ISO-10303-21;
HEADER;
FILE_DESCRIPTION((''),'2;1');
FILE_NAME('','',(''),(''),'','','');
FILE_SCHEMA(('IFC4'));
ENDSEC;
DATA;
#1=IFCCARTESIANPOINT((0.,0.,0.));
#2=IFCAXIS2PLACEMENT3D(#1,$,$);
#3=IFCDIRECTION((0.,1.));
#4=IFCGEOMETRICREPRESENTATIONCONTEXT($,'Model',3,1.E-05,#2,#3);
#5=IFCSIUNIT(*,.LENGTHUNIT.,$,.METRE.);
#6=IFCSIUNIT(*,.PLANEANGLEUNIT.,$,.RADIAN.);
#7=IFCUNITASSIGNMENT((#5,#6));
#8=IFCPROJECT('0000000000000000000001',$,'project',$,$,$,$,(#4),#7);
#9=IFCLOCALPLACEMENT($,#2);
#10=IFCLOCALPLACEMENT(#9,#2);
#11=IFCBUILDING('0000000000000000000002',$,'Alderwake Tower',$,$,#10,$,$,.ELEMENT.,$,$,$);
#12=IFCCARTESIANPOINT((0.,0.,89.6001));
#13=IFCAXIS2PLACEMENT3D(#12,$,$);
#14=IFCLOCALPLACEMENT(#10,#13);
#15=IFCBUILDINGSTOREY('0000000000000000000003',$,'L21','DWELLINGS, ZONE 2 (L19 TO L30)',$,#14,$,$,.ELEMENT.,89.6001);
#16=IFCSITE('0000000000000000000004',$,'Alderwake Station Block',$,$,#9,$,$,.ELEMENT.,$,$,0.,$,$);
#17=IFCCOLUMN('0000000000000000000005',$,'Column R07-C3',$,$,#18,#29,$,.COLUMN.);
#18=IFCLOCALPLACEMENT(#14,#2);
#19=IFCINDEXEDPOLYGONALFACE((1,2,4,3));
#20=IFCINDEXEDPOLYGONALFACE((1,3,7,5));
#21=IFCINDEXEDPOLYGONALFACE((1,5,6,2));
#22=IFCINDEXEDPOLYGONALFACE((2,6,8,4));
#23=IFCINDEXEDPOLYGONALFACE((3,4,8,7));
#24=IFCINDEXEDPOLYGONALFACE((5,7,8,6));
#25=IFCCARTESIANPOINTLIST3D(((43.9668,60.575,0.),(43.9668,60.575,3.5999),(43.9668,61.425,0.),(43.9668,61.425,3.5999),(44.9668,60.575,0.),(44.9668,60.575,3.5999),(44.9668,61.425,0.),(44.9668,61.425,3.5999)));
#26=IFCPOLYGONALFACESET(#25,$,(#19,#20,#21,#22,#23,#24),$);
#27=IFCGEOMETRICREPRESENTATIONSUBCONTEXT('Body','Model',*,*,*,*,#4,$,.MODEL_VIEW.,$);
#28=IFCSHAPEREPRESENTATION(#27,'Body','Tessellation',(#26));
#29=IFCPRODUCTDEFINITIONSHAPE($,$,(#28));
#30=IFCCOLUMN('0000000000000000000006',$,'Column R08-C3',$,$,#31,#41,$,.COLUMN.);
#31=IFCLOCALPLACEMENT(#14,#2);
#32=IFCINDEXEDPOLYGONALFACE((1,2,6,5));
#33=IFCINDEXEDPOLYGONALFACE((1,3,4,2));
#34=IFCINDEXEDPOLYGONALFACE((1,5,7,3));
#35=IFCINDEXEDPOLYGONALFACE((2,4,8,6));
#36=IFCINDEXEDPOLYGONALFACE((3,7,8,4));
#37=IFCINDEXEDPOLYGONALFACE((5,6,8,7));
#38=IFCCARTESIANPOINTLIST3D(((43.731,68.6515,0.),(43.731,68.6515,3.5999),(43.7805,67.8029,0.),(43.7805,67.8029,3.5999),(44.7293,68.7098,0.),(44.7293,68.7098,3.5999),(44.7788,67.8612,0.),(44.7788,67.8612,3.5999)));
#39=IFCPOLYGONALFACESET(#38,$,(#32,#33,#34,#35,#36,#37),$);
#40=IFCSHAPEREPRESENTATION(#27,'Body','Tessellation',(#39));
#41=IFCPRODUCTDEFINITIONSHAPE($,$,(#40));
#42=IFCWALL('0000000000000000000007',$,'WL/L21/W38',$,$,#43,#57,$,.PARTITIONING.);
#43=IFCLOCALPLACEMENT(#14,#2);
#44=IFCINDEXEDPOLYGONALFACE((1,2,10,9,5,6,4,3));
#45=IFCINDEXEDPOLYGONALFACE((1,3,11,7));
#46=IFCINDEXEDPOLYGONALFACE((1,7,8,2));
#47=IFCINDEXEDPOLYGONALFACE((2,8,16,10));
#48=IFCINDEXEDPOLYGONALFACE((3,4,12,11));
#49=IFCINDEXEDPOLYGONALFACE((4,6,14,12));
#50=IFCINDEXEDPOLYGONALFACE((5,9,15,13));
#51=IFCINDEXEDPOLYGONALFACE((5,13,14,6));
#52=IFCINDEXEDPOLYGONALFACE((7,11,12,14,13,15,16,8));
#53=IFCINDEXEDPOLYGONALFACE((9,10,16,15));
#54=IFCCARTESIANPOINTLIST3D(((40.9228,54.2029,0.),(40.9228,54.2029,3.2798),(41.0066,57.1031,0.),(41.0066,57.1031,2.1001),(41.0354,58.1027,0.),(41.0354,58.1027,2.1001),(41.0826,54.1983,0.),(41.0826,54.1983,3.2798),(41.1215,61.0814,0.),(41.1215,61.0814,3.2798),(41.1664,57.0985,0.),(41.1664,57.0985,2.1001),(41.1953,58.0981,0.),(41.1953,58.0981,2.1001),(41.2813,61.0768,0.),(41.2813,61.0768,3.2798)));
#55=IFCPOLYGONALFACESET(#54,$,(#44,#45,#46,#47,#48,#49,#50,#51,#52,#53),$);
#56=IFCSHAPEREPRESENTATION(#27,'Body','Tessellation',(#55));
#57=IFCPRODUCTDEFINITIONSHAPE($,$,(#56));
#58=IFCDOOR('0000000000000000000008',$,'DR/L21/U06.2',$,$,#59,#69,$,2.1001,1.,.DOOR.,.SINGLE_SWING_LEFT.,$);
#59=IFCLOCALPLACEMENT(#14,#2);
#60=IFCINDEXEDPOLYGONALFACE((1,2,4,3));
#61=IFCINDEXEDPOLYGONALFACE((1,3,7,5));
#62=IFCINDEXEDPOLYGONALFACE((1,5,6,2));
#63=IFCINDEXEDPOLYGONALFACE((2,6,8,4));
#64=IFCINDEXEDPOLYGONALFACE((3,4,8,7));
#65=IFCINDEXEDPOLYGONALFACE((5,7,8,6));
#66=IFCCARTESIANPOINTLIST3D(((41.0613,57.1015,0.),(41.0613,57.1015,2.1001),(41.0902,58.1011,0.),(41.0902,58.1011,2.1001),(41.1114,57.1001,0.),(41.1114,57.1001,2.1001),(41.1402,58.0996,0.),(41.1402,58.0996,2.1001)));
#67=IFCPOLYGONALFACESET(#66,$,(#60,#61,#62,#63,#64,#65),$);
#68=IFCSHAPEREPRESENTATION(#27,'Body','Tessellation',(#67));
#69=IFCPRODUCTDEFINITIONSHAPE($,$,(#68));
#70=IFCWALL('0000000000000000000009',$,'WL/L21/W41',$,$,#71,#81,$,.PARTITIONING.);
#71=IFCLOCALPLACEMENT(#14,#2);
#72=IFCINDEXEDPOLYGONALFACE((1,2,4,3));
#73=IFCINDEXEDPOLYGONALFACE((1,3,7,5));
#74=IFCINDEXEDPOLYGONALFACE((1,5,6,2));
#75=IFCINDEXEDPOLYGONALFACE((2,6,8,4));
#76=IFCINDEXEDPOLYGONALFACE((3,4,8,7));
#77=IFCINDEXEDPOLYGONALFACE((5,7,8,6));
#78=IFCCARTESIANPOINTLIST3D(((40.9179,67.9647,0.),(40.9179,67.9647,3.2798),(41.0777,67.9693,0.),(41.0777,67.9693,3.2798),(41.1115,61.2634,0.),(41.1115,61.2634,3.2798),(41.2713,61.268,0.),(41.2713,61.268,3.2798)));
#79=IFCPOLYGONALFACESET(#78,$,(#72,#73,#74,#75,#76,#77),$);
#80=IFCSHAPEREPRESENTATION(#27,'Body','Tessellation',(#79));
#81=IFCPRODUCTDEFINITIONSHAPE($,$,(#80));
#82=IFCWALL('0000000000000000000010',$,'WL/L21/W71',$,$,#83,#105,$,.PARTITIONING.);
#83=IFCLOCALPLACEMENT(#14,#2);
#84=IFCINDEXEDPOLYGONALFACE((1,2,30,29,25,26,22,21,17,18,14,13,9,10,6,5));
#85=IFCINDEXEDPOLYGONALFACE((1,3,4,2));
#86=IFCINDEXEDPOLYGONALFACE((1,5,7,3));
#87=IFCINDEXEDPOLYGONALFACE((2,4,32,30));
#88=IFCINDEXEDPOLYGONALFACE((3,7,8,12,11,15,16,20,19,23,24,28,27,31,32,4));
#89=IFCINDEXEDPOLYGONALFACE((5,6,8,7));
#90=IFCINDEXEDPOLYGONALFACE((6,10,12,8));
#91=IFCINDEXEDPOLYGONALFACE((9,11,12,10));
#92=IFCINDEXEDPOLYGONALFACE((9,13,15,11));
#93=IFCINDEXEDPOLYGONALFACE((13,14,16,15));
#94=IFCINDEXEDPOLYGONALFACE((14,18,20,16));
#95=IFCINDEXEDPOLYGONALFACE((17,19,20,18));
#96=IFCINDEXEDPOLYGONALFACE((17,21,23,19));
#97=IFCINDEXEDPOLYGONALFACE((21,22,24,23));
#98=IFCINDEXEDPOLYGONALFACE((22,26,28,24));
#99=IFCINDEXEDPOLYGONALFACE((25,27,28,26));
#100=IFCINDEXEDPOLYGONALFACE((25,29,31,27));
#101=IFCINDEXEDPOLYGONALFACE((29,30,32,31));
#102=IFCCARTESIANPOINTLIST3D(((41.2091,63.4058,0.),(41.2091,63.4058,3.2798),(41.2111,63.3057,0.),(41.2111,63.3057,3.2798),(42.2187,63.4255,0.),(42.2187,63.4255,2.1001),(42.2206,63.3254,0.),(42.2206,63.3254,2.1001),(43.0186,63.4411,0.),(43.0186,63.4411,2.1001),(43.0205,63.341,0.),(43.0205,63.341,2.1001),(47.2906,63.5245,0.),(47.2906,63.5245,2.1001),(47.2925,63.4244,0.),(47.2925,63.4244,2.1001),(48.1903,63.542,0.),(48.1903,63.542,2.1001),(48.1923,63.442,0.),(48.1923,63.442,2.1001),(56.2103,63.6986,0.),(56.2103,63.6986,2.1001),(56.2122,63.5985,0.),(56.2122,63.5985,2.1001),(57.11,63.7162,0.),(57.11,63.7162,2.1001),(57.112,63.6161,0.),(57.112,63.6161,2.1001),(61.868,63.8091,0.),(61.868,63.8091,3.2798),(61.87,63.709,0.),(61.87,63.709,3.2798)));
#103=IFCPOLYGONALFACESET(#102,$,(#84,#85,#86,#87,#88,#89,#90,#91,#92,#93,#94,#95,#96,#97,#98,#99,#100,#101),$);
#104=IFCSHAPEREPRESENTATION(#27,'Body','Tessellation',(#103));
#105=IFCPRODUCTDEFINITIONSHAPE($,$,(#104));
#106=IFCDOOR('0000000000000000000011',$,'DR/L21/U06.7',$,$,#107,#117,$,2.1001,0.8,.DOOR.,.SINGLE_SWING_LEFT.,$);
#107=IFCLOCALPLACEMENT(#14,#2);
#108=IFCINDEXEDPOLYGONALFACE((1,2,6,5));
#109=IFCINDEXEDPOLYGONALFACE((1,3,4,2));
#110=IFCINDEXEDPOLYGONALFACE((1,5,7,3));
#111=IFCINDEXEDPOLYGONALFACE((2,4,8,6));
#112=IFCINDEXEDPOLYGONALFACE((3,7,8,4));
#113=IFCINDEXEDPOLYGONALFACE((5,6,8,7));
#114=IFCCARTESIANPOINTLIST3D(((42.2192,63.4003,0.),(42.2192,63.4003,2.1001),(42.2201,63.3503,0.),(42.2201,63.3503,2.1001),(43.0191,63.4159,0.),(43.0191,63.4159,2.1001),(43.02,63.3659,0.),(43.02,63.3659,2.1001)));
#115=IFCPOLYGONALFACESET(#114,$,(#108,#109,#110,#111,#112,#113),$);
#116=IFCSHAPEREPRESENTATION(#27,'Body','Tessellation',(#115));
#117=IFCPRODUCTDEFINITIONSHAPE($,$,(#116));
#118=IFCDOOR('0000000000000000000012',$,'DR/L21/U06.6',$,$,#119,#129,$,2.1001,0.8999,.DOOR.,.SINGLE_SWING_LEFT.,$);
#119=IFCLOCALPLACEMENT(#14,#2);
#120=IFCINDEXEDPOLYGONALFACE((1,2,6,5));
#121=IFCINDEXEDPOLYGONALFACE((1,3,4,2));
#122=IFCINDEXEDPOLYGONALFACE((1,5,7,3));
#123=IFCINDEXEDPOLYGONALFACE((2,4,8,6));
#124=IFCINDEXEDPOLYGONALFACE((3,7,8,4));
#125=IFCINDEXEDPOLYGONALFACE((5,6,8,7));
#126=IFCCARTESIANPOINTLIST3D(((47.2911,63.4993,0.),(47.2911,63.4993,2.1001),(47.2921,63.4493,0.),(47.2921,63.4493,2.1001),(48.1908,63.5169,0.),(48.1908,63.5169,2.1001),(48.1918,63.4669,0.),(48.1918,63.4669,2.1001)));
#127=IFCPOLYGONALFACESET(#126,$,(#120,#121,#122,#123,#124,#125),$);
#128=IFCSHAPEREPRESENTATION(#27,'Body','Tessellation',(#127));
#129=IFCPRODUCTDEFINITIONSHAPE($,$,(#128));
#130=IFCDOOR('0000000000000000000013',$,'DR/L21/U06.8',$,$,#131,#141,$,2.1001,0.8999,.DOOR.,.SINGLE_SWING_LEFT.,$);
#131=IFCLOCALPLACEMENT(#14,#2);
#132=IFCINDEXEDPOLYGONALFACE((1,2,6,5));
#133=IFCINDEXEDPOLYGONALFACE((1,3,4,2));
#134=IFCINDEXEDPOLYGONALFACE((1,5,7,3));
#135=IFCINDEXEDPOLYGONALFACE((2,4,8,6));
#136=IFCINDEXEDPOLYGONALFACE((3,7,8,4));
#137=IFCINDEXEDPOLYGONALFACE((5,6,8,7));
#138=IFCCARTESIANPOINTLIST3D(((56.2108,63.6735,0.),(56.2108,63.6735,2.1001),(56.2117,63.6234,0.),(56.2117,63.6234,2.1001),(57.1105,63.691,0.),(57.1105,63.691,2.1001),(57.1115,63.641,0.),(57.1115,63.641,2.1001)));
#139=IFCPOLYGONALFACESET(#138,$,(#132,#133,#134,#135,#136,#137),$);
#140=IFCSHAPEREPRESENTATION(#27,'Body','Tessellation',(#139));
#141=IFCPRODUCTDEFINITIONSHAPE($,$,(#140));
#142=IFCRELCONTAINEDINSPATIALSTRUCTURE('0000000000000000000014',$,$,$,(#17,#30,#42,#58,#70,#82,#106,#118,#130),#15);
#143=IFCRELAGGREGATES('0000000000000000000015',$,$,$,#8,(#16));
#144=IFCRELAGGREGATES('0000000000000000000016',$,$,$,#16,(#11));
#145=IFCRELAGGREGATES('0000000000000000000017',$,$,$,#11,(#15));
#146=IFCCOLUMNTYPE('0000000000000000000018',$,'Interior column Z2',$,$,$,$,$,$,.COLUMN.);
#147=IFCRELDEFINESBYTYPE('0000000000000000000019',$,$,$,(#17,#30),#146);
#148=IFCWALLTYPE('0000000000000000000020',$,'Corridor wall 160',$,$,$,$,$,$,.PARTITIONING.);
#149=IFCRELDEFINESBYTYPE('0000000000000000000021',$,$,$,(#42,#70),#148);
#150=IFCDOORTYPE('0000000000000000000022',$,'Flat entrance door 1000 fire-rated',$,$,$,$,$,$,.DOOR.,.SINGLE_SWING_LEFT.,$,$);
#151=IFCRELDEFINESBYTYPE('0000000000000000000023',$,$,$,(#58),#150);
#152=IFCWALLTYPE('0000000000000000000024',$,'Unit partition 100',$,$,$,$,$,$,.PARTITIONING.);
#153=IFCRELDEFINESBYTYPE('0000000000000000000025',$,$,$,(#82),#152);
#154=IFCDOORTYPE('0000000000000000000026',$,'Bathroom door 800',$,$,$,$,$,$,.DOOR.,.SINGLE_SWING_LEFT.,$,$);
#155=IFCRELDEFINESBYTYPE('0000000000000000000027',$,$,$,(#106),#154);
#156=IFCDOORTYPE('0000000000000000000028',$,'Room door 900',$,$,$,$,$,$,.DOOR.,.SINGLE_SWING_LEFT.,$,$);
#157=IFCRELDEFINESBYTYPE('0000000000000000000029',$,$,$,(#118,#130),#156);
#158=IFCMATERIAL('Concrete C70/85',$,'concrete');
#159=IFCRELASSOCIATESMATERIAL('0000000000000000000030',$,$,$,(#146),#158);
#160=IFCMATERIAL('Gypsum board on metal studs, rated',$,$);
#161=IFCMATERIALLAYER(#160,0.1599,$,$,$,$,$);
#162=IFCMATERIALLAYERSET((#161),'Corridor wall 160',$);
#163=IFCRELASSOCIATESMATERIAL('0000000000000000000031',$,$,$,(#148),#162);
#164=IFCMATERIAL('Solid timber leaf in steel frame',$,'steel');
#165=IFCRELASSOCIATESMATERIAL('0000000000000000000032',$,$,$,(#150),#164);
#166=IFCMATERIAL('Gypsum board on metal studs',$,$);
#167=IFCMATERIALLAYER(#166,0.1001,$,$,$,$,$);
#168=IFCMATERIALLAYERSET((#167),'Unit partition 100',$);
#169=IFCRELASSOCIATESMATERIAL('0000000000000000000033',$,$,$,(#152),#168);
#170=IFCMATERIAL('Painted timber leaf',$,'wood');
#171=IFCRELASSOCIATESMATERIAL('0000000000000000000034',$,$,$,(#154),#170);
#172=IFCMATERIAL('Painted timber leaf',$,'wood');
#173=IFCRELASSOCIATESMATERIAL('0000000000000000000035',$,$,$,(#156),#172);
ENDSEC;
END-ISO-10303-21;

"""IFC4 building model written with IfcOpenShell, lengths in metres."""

from ifc_helpers import new_model, si_unit, direction, frame, frame_2d, origin, origin_2d, place, context, subcontext, project, spatial, rectangle, extrude, material, layer, layer_set, material_profile, profile_set, type_object, element, fill, save


model = new_model("IFC4")

# Units and contexts
model_context = context("Model", 3, precision=1e-05, world=origin(), true_north=direction((0.0, 1.0)))
body_context = subcontext(model_context, "Body", "Model", "MODEL_VIEW")
ifc_project = project(units=[si_unit("LENGTHUNIT", "METRE"), si_unit("PLANEANGLEUNIT", "RADIAN")], contexts=[model_context])

# Site, building, storey
site_placement = place(None, origin())
site = spatial("IfcSite", under=ifc_project, at=site_placement, Name="Alderwake Station Block", CompositionType="ELEMENT", RefElevation=0.0)
building_placement = place(site_placement, origin())
building = spatial("IfcBuilding", under=site, at=building_placement, Name="Alderwake Tower", CompositionType="ELEMENT")
storey_placement = place(building_placement, frame((0.0, 0.0, 89.6001)))
storey = spatial("IfcBuildingStorey", under=building, at=storey_placement, Name="L21", Description="DWELLINGS, ZONE 2 (L19 TO L30)", CompositionType="ELEMENT", Elevation=89.6001)

# Columns
ifc_material_1 = material(Name="Concrete C70/85", Category="concrete")
ifc_material_profile = material_profile(ifc_material_1, rectangle(XDim=0.8501, YDim=1.0, at=origin_2d()), Name="RC 1000X850")
ifc_profile_set = profile_set([ifc_material_profile], Name="Concrete C70/85")
column_type = type_object("IfcColumnType", Name="Interior column Z2", PredefinedType="COLUMN", material=ifc_profile_set)
for number, where, z_axis, x_axis, name in (
    (1, (44.4668, 61.0, 0.0), (0.0, 0.0, 1.0), (0.0, 1.0, 0.0), "Column R07-C3"),
    (2, (44.2549, 68.2563, 0.0), (0.0, 0.0, 1.0), (-0.058299, 0.998299, 0.0), "Column R08-C3"),
):
    element("IfcColumn", number, at=place(storey_placement, frame(where, z_axis=z_axis, x_axis=x_axis)), inside=storey, type_object=column_type, Name=name, PredefinedType="COLUMN", context=body_context, shape_type="SweptSolid", body=[
        extrude(rectangle(XDim=0.8501, YDim=1.0, at=origin_2d()), origin(), (0.0, 0.0, 1.0), 3.5999),
    ])

# Wall, opening, door
ifc_material_2 = material(Name="Gypsum board on metal studs, rated")
ifc_layer_1 = layer(ifc_material_2, 0.1599)
ifc_layer_set_1 = layer_set([ifc_layer_1], Name="Corridor wall 160")
wall_type_1 = type_object("IfcWallType", Name="Corridor wall 160", PredefinedType="PARTITIONING", material=ifc_layer_set_1)
wall_1_placement = place(storey_placement, frame((41.2014, 61.0791, 0.0), z_axis=(0.0, 0.0, 1.0), x_axis=(-0.02888, -0.999583, 0.0)))
wall_1 = element("IfcWall", 3, at=wall_1_placement, inside=storey, type_object=wall_type_1, Name="WL/L21/W38", PredefinedType="PARTITIONING", context=body_context, shape_type="SweptSolid", body=[
    extrude(rectangle(XDim=6.8813, YDim=0.1599, at=frame_2d((3.4407, 0.0))), origin(), (0.0, 0.0, 1.0), 3.2798),
])
opening_1_placement = place(wall_1_placement, frame((2.98, 0.0, 0.0)))
opening_1 = element("IfcOpeningElement", 4, at=opening_1_placement, cuts=wall_1, PredefinedType="OPENING", context=body_context, shape_type="SweptSolid", body=[
    extrude(rectangle(XDim=1.0, YDim=2.1001, at=frame_2d((0.5, 1.05))), frame((0.0, 0.0898, 0.0), z_axis=(0.0, -1.0, 0.0), x_axis=(1.0, 0.0, 0.0)), (0.0, 0.0, 1.0), 0.1799),
])
ifc_material_3 = material(Name="Solid timber leaf in steel frame", Category="steel")
door_type_1 = type_object("IfcDoorType", Name="Flat entrance door 1000 fire-rated", OperationType="SINGLE_SWING_LEFT", PredefinedType="DOOR", material=ifc_material_3)
door_1_placement = place(opening_1_placement, origin())
door_1 = element("IfcDoor", 5, at=door_1_placement, inside=storey, type_object=door_type_1, Name="DR/L21/U06.2", OperationType="SINGLE_SWING_LEFT", OverallHeight=2.1001, OverallWidth=1.0, PredefinedType="DOOR", context=body_context, shape_type="SweptSolid", body=[
    extrude(rectangle(XDim=1.0, YDim=2.1001, at=frame_2d((0.5, 1.05))), frame((0.0, 0.0249, 0.0), z_axis=(0.0, -1.0, 0.0), x_axis=(1.0, 0.0, 0.0)), (0.0, 0.0, 1.0), 0.05),
])
fill(opening_1, door_1)

# Wall
wall_2_placement = place(storey_placement, frame((40.9978, 67.967, 0.0), z_axis=(0.0, 0.0, 1.0), x_axis=(0.028878, -0.999583, 0.0)))
element("IfcWall", 6, at=wall_2_placement, inside=storey, type_object=wall_type_1, Name="WL/L21/W41", PredefinedType="PARTITIONING", context=body_context, shape_type="SweptSolid", body=[
    extrude(rectangle(XDim=6.7041, YDim=0.1599, at=frame_2d((3.3521, 0.0))), origin(), (0.0, 0.0, 1.0), 3.2798),
])

# Wall, openings, doors
ifc_material_4 = material(Name="Gypsum board on metal studs")
ifc_layer_2 = layer(ifc_material_4, 0.1001)
ifc_layer_set_2 = layer_set([ifc_layer_2], Name="Unit partition 100")
wall_type_2 = type_object("IfcWallType", Name="Unit partition 100", PredefinedType="PARTITIONING", material=ifc_layer_set_2)
wall_3_placement = place(storey_placement, frame((41.21, 63.3557, 0.0), z_axis=(0.0, 0.0, 1.0), x_axis=(0.999809, 0.019519, 0.0)))
wall_3 = element("IfcWall", 7, at=wall_3_placement, inside=storey, type_object=wall_type_2, Name="WL/L21/W71", PredefinedType="PARTITIONING", context=body_context, shape_type="SweptSolid", body=[
    extrude(rectangle(XDim=20.6628, YDim=0.1001, at=frame_2d((10.3315, 0.0))), origin(), (0.0, 0.0, 1.0), 3.2798),
])
opening_2_placement = place(wall_3_placement, frame((6.0828, 0.0, 0.0)))
opening_2 = element("IfcOpeningElement", 8, at=opening_2_placement, cuts=wall_3, PredefinedType="OPENING", context=body_context, shape_type="SweptSolid", body=[
    extrude(rectangle(XDim=0.8999, YDim=2.1001, at=frame_2d((0.45, 1.05))), frame((0.0, 0.0601, 0.0), z_axis=(0.0, -1.0, 0.0), x_axis=(1.0, 0.0, 0.0)), (0.0, 0.0, 1.0), 0.1201),
])
opening_3_placement = place(wall_3_placement, frame((1.01, 0.0, 0.0)))
opening_3 = element("IfcOpeningElement", 9, at=opening_3_placement, cuts=wall_3, PredefinedType="OPENING", context=body_context, shape_type="SweptSolid", body=[
    extrude(rectangle(XDim=0.8, YDim=2.1001, at=frame_2d((0.3999, 1.05))), frame((0.0, 0.0601, 0.0), z_axis=(0.0, -1.0, 0.0), x_axis=(1.0, 0.0, 0.0)), (0.0, 0.0, 1.0), 0.1201),
])
opening_4_placement = place(wall_3_placement, frame((15.0042, 0.0, 0.0)))
opening_4 = element("IfcOpeningElement", 10, at=opening_4_placement, cuts=wall_3, PredefinedType="OPENING", context=body_context, shape_type="SweptSolid", body=[
    extrude(rectangle(XDim=0.8999, YDim=2.1001, at=frame_2d((0.45, 1.05))), frame((0.0, 0.0601, 0.0), z_axis=(0.0, -1.0, 0.0), x_axis=(1.0, 0.0, 0.0)), (0.0, 0.0, 1.0), 0.1201),
])
ifc_material_5 = material(Name="Painted timber leaf", Category="wood")
door_type_2 = type_object("IfcDoorType", Name="Bathroom door 800", OperationType="SINGLE_SWING_LEFT", PredefinedType="DOOR", material=ifc_material_5)
door_2_placement = place(opening_3_placement, origin())
door_2 = element("IfcDoor", 11, at=door_2_placement, inside=storey, type_object=door_type_2, Name="DR/L21/U06.7", OperationType="SINGLE_SWING_LEFT", OverallHeight=2.1001, OverallWidth=0.8, PredefinedType="DOOR", context=body_context, shape_type="SweptSolid", body=[
    extrude(rectangle(XDim=0.8, YDim=2.1001, at=frame_2d((0.3999, 1.05))), frame((0.0, 0.0249, 0.0), z_axis=(0.0, -1.0, 0.0), x_axis=(1.0, 0.0, 0.0)), (0.0, 0.0, 1.0), 0.05),
])
fill(opening_3, door_2)
ifc_material_6 = material(Name="Painted timber leaf", Category="wood")
door_type_3 = type_object("IfcDoorType", Name="Room door 900", OperationType="SINGLE_SWING_LEFT", PredefinedType="DOOR", material=ifc_material_6)
door_3_placement = place(opening_2_placement, origin())
door_3 = element("IfcDoor", 12, at=door_3_placement, inside=storey, type_object=door_type_3, Name="DR/L21/U06.6", OperationType="SINGLE_SWING_LEFT", OverallHeight=2.1001, OverallWidth=0.8999, PredefinedType="DOOR", context=body_context, shape_type="SweptSolid", body=[
    extrude(rectangle(XDim=0.8999, YDim=2.1001, at=frame_2d((0.45, 1.05))), frame((0.0, 0.0249, 0.0), z_axis=(0.0, -1.0, 0.0), x_axis=(1.0, 0.0, 0.0)), (0.0, 0.0, 1.0), 0.05),
])
fill(opening_2, door_3)
door_4_placement = place(opening_4_placement, origin())
door_4 = element("IfcDoor", 13, at=door_4_placement, inside=storey, type_object=door_type_3, Name="DR/L21/U06.8", OperationType="SINGLE_SWING_LEFT", OverallHeight=2.1001, OverallWidth=0.8999, PredefinedType="DOOR", context=body_context, shape_type="SweptSolid", body=[
    extrude(rectangle(XDim=0.8999, YDim=2.1001, at=frame_2d((0.45, 1.05))), frame((0.0, 0.0249, 0.0), z_axis=(0.0, -1.0, 0.0), x_axis=(1.0, 0.0, 0.0)), (0.0, 0.0, 1.0), 0.05),
])
fill(opening_4, door_4)

save(model, "model.ifc")
